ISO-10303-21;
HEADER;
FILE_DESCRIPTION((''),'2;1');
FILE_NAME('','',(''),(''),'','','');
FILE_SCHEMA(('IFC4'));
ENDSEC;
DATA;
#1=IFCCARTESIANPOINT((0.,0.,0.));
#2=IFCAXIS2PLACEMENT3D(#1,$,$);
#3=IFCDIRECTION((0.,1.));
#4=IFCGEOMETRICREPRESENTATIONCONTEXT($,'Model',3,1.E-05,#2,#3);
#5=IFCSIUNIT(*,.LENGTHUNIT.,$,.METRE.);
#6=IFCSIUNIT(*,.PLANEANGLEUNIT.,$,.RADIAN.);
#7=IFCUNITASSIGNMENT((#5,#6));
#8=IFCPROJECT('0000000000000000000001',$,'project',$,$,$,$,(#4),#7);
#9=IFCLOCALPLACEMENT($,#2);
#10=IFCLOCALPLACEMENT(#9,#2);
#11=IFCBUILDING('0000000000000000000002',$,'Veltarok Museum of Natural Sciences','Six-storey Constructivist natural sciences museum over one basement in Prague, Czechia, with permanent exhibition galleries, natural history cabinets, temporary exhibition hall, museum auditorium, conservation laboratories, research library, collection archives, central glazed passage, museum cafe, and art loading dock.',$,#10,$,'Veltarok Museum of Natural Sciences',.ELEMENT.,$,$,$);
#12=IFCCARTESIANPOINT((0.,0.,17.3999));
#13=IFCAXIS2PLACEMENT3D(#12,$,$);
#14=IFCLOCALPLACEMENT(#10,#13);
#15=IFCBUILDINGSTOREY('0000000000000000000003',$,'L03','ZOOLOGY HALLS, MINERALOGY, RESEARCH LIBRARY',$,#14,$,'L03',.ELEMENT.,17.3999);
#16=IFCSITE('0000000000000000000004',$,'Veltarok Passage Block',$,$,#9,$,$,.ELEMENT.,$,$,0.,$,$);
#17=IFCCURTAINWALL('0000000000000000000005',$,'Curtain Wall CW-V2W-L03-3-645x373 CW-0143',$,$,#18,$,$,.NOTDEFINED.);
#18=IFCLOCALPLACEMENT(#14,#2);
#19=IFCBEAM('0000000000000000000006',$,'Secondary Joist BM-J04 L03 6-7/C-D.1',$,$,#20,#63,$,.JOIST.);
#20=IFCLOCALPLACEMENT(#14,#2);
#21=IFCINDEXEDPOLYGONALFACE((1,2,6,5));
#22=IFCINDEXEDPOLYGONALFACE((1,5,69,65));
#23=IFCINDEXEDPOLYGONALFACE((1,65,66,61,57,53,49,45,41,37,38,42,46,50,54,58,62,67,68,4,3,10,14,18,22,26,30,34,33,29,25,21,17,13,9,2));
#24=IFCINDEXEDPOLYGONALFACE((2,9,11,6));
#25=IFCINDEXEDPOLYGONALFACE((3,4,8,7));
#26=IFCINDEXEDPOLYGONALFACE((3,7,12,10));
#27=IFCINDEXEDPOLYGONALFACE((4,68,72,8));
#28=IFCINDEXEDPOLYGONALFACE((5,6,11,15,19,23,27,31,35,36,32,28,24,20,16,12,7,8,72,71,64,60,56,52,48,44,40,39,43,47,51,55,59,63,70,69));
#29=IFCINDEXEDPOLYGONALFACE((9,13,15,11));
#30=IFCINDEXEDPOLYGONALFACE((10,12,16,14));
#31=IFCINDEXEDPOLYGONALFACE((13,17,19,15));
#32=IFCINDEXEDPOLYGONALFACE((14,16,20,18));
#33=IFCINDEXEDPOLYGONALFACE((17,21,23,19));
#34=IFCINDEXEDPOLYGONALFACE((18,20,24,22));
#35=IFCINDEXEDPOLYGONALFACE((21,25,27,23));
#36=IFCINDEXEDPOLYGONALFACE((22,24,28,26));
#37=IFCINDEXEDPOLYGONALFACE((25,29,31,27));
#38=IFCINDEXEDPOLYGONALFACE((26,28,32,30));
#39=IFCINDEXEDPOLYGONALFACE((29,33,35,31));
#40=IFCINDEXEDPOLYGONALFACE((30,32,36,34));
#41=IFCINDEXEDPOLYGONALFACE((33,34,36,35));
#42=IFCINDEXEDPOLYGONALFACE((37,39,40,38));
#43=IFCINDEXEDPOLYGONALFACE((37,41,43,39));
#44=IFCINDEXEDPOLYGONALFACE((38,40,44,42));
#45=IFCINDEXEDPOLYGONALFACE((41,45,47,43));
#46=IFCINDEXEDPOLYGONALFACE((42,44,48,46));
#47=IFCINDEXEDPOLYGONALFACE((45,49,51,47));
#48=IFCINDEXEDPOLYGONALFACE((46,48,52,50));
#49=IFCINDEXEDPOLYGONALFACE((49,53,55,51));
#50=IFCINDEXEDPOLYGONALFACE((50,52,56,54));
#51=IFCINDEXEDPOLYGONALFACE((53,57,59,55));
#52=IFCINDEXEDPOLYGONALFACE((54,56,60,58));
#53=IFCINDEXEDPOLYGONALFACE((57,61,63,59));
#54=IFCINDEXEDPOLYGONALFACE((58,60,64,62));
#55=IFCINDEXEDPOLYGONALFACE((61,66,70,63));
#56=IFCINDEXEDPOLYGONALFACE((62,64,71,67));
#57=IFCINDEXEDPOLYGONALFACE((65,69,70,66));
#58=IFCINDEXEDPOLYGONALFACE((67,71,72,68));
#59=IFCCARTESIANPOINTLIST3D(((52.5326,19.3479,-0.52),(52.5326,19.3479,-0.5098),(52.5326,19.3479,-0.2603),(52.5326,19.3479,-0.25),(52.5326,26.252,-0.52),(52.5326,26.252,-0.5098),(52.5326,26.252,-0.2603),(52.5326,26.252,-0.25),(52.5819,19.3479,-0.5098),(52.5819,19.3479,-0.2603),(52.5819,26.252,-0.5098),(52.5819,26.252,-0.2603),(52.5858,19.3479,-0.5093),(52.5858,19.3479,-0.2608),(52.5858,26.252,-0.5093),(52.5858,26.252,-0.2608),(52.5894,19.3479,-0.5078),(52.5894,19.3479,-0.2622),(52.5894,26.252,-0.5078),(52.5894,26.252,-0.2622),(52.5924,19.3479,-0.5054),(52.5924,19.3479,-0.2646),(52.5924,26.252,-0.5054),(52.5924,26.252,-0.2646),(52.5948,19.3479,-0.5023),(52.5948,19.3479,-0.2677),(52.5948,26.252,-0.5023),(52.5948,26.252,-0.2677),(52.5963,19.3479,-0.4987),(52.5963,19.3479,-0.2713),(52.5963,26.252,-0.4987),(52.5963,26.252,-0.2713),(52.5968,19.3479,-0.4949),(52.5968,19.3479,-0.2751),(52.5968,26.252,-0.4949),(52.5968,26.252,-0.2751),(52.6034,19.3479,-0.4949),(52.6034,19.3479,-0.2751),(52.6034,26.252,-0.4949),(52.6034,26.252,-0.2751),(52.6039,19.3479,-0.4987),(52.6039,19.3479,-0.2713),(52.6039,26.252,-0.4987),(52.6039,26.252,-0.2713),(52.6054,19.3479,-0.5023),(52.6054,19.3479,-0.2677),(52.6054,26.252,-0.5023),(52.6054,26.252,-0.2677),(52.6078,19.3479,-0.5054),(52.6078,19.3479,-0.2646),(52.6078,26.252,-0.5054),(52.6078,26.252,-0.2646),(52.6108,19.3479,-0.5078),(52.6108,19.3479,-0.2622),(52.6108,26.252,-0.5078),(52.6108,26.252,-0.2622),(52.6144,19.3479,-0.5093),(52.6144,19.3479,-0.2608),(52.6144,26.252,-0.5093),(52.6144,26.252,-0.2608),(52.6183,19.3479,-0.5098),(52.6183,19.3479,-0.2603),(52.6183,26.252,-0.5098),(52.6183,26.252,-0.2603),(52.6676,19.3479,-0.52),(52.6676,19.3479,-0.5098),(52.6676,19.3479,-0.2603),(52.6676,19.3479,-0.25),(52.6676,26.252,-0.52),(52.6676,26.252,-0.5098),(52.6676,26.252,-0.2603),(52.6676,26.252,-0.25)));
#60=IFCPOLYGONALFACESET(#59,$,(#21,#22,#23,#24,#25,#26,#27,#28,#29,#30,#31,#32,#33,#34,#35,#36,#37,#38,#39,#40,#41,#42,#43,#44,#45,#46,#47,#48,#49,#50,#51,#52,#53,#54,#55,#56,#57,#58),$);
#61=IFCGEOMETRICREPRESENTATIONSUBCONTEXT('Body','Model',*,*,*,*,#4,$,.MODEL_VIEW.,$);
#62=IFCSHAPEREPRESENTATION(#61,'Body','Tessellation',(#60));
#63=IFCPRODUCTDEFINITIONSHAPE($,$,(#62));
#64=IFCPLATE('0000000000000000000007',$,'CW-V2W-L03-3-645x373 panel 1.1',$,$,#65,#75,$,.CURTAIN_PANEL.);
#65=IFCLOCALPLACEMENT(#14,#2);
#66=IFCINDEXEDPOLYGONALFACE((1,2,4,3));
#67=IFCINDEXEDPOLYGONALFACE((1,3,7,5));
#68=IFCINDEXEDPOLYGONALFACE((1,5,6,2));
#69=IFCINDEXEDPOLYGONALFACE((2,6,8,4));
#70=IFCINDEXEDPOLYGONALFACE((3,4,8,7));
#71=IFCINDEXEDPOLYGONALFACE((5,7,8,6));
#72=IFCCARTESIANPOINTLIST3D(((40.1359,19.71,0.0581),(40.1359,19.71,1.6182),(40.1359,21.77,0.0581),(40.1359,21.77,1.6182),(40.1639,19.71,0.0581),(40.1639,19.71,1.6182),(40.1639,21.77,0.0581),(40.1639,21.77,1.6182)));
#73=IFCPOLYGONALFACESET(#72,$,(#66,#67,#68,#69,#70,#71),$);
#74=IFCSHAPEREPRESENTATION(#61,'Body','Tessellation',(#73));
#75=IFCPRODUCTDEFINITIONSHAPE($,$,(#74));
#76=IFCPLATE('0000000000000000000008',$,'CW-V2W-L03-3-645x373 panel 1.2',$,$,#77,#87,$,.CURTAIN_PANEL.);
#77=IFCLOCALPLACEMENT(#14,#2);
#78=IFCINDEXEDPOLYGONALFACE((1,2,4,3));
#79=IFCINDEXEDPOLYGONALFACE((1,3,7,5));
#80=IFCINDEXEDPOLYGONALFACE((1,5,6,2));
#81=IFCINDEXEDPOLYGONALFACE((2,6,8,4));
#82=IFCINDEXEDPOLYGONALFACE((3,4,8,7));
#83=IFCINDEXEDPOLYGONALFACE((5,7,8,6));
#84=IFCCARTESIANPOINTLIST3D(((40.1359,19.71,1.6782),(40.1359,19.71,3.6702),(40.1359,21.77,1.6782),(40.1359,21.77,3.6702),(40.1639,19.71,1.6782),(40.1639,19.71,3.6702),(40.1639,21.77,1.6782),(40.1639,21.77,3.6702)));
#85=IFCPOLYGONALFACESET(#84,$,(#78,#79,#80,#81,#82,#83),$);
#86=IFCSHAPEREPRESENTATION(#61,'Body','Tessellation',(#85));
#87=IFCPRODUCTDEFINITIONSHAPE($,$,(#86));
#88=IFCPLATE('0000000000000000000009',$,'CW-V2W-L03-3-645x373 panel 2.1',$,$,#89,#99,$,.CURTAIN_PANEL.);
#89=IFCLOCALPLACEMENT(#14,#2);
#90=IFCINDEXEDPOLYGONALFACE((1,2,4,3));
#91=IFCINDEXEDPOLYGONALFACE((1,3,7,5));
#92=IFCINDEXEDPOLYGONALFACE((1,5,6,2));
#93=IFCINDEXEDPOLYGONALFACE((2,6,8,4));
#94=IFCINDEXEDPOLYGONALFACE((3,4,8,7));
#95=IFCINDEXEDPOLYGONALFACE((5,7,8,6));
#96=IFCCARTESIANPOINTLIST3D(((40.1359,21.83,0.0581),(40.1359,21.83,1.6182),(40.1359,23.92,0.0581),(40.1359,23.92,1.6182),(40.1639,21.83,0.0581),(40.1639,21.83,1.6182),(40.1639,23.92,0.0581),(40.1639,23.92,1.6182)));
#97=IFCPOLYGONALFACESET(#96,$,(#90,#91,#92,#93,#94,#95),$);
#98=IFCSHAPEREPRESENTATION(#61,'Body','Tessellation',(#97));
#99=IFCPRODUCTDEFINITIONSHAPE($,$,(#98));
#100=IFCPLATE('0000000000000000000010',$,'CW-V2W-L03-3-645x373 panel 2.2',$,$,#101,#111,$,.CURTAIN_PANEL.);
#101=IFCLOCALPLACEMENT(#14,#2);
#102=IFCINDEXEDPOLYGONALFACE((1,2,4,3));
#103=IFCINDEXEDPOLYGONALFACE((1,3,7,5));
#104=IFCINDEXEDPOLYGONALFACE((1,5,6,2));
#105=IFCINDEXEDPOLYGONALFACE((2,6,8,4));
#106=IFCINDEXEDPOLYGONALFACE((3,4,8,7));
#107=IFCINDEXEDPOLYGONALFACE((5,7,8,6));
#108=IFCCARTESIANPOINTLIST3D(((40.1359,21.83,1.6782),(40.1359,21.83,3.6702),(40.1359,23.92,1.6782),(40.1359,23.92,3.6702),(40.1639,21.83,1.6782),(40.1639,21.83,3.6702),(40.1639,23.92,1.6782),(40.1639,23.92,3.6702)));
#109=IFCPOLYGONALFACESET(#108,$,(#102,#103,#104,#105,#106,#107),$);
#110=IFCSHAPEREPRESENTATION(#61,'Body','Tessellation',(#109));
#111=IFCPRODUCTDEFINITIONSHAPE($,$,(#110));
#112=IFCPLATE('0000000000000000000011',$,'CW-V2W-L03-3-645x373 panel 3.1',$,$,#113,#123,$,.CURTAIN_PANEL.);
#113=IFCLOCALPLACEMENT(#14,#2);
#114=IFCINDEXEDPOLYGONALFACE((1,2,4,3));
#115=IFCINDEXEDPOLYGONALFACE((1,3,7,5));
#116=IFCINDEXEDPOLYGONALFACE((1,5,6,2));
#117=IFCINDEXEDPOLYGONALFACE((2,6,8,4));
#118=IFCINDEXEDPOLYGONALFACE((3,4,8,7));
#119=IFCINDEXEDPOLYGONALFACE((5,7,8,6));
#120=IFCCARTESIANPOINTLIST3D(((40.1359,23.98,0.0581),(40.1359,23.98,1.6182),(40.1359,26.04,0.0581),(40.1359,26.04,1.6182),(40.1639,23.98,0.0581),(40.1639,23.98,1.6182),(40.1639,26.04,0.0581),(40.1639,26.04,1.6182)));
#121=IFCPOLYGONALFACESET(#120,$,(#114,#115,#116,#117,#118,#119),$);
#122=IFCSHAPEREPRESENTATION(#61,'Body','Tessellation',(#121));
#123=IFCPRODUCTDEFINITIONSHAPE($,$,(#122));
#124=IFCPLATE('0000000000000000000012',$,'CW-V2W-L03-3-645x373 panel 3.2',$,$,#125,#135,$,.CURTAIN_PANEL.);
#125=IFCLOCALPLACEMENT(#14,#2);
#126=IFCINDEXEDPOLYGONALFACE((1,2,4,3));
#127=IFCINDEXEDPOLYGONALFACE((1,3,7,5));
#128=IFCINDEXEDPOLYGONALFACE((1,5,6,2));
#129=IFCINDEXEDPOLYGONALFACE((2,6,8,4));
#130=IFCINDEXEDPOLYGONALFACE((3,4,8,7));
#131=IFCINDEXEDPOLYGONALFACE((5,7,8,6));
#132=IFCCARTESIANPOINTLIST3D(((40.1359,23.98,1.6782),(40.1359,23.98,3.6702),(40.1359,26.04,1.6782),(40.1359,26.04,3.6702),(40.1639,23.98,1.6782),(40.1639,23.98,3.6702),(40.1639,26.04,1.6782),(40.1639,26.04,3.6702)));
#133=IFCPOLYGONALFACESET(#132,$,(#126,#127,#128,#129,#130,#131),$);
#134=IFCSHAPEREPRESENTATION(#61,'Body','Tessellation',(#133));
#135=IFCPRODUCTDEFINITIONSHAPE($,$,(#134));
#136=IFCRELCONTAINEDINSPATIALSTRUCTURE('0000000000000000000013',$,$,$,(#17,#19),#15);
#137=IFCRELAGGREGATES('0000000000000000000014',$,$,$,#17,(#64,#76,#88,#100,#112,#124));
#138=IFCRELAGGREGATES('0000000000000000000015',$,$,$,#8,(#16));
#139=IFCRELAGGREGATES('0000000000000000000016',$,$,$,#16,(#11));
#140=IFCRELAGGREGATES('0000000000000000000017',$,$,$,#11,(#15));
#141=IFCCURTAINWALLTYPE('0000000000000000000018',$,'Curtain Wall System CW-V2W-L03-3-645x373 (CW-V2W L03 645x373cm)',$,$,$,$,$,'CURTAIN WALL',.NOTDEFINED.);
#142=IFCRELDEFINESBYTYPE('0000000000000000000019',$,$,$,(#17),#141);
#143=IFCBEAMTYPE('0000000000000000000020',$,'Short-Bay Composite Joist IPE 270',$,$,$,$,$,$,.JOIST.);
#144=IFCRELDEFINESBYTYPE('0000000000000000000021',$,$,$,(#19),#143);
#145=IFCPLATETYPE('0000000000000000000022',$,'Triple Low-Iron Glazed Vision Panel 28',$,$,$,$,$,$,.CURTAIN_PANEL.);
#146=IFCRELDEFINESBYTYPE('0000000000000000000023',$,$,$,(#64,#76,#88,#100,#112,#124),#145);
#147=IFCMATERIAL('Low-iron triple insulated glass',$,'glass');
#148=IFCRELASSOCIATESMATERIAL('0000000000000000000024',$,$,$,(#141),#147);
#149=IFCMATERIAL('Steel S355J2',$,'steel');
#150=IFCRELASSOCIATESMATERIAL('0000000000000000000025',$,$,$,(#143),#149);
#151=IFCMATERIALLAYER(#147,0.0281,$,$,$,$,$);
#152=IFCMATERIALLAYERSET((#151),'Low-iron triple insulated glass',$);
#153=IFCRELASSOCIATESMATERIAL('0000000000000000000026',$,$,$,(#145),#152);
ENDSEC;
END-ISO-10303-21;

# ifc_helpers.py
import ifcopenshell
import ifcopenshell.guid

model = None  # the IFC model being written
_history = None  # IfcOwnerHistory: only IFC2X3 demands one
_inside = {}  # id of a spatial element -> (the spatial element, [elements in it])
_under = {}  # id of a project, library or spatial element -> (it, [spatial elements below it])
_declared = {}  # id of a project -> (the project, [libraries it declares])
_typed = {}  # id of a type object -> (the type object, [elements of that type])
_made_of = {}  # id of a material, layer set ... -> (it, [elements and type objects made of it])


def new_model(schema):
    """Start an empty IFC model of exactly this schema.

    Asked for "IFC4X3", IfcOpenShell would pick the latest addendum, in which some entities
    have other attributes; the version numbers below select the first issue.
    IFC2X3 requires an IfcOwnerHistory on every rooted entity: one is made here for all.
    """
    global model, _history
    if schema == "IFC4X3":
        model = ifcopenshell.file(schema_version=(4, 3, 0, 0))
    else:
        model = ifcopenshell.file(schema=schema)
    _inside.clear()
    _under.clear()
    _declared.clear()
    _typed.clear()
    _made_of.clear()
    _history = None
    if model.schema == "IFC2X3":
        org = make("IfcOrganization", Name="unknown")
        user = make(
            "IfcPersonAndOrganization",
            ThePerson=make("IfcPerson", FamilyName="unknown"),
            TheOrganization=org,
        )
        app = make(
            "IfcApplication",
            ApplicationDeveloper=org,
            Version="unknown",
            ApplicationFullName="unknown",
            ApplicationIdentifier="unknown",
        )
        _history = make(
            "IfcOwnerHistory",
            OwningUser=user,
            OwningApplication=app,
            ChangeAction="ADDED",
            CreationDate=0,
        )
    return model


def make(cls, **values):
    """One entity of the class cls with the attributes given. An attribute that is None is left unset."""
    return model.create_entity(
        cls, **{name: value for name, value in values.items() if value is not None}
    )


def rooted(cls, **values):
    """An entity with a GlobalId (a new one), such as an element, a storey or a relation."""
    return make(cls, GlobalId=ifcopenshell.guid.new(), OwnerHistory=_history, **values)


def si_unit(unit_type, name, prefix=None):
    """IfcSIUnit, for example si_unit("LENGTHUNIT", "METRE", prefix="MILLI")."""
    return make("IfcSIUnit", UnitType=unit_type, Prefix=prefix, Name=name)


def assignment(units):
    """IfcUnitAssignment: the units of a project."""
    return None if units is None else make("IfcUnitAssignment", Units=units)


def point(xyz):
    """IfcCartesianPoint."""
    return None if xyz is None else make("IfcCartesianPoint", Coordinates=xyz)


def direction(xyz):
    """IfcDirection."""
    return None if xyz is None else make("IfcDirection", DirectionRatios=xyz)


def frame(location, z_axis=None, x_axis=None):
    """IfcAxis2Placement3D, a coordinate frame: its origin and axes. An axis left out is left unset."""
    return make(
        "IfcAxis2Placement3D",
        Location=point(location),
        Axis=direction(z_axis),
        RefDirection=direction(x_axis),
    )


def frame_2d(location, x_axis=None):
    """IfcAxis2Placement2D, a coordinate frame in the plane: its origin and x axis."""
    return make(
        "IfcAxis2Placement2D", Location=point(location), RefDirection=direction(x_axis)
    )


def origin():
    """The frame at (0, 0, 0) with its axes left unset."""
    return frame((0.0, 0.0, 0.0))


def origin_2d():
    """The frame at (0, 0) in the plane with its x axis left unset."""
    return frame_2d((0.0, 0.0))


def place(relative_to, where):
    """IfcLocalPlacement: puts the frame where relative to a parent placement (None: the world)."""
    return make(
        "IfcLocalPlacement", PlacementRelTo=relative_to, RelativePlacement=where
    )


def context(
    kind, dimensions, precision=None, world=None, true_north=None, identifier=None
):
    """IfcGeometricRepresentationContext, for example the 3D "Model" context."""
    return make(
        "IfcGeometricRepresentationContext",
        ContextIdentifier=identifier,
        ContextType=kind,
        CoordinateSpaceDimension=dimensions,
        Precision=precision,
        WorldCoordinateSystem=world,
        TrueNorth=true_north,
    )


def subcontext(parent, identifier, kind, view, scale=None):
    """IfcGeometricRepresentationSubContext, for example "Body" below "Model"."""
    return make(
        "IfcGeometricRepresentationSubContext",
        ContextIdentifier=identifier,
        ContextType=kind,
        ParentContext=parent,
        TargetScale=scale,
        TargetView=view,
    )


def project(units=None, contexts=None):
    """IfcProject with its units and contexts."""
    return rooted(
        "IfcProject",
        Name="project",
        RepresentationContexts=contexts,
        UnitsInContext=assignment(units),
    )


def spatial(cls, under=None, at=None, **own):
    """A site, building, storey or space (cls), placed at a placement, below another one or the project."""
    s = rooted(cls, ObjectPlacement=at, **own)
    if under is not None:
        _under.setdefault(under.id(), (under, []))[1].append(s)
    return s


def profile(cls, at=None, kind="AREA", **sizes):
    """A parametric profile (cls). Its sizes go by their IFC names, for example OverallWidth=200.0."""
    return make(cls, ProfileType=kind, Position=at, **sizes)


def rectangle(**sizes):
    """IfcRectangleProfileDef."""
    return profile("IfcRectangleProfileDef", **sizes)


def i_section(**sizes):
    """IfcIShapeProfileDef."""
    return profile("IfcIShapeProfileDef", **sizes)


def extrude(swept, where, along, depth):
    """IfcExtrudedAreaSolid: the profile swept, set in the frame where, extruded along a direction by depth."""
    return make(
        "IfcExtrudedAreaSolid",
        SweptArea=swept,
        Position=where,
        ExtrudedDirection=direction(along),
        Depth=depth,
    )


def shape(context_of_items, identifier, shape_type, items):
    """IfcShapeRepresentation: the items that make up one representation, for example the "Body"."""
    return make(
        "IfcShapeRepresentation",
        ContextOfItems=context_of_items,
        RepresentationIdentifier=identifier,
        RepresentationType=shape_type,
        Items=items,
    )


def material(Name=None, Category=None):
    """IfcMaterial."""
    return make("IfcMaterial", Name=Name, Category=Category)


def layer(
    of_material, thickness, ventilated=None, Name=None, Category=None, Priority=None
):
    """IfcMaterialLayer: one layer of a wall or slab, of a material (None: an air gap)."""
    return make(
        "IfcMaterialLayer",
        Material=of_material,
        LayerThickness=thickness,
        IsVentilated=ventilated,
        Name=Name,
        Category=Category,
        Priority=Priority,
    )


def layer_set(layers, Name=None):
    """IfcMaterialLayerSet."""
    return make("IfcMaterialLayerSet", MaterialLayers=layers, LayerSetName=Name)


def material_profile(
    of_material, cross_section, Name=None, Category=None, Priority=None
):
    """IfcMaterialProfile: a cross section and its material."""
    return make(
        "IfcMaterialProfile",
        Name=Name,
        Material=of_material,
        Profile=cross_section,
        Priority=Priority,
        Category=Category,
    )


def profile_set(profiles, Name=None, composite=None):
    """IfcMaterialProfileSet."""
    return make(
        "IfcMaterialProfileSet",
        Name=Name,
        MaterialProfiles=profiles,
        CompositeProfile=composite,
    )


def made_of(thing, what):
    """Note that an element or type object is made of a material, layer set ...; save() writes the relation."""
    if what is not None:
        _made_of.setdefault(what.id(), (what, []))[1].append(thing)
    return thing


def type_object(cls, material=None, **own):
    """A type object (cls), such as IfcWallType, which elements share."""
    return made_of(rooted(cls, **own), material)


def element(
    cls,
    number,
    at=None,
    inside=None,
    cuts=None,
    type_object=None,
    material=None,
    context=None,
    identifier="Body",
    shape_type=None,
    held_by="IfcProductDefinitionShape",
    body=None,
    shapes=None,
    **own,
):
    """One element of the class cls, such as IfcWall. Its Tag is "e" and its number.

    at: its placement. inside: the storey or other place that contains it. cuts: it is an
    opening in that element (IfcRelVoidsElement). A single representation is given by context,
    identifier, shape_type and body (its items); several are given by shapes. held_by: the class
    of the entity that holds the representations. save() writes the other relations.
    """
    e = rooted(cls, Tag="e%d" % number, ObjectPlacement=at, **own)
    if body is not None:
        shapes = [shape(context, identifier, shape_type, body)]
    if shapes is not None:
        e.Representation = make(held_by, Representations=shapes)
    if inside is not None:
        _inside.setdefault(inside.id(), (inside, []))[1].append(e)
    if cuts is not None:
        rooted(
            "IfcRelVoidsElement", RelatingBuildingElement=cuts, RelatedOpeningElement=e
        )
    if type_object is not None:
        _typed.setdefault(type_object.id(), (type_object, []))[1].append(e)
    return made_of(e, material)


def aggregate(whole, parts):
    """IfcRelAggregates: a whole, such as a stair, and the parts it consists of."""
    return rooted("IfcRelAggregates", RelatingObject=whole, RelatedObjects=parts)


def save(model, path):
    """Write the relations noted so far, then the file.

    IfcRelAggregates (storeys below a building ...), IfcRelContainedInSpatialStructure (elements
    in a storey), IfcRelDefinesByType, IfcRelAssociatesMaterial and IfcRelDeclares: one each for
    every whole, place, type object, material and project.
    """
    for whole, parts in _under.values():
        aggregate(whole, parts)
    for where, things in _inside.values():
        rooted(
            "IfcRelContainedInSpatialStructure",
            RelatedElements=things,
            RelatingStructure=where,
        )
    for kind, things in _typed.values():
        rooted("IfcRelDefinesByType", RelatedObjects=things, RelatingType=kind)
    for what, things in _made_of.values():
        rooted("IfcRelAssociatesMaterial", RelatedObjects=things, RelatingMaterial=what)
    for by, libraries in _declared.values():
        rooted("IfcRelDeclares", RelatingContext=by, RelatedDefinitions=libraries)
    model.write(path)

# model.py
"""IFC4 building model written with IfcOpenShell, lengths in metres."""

from ifc_helpers import new_model, si_unit, direction, frame, origin, origin_2d, place, context, subcontext, project, spatial, rectangle, i_section, extrude, material, layer, layer_set, material_profile, profile_set, type_object, element, aggregate, save


model = new_model("IFC4")

# Units and contexts
model_context = context("Model", 3, precision=1e-05, world=origin(), true_north=direction((0.0, 1.0)))
body_context = subcontext(model_context, "Body", "Model", "MODEL_VIEW")
ifc_project = project(units=[si_unit("LENGTHUNIT", "METRE"), si_unit("PLANEANGLEUNIT", "RADIAN")], contexts=[model_context])

# Site, building, storey
site_placement = place(None, origin())
site = spatial("IfcSite", under=ifc_project, at=site_placement, Name="Veltarok Passage Block", CompositionType="ELEMENT", RefElevation=0.0)
building_placement = place(site_placement, origin())
building = spatial("IfcBuilding", under=site, at=building_placement, Name="Veltarok Museum of Natural Sciences", Description="Six-storey Constructivist natural sciences museum over one basement in Prague, Czechia, with permanent exhibition galleries, natural history cabinets, temporary exhibition hall, museum auditorium, conservation laboratories, research library, collection archives, central glazed passage, museum cafe, and art loading dock.", LongName="Veltarok Museum of Natural Sciences", CompositionType="ELEMENT")
storey_placement = place(building_placement, frame((0.0, 0.0, 17.3999)))
storey = spatial("IfcBuildingStorey", under=building, at=storey_placement, Name="L03", Description="ZOOLOGY HALLS, MINERALOGY, RESEARCH LIBRARY", LongName="L03", CompositionType="ELEMENT", Elevation=17.3999)

# Shared definitions
ifc_material_1 = material(Name="Steel S355J2", Category="steel")

# Curtain wall
ifc_material_2 = material(Name="Low-iron triple insulated glass", Category="glass")
curtain_wall_type = type_object("IfcCurtainWallType", Name="Curtain Wall System CW-V2W-L03-3-645x373 (CW-V2W L03 645x373cm)", ElementType="CURTAIN WALL", PredefinedType="NOTDEFINED", material=ifc_material_2)
curtain_wall_placement = place(storey_placement, origin())
curtain_wall = element("IfcCurtainWall", 1, at=curtain_wall_placement, inside=storey, type_object=curtain_wall_type, Name="Curtain Wall CW-V2W-L03-3-645x373 CW-0143", PredefinedType="NOTDEFINED")

# Beam
ifc_material_profile_1 = material_profile(ifc_material_1, i_section(OverallWidth=0.135, OverallDepth=0.27, WebThickness=0.0066, FlangeThickness=0.0103, FilletRadius=0.0149, at=origin_2d()), Name="IPE 270")
ifc_profile_set_1 = profile_set([ifc_material_profile_1], Name="Steel S355J2")
beam_type_1 = type_object("IfcBeamType", Name="Short-Bay Composite Joist IPE 270", PredefinedType="JOIST", material=ifc_profile_set_1)
beam_1_placement = place(storey_placement, frame((52.6001, 19.3479, -0.385), z_axis=(0.0, 1.0, 0.0), x_axis=(-1.0, 0.0, 0.0)))
element("IfcBeam", 2, at=beam_1_placement, inside=storey, type_object=beam_type_1, Name="Secondary Joist BM-J04 L03 6-7/C-D.1", PredefinedType="JOIST", context=body_context, shape_type="SweptSolid", body=[
    extrude(i_section(OverallWidth=0.135, OverallDepth=0.27, WebThickness=0.0066, FlangeThickness=0.0103, FilletRadius=0.0149, at=origin_2d()), origin(), (0.0, 0.0, 1.0), 6.9041),
])

# Plates
ifc_layer_1 = layer(ifc_material_2, 0.0281)
ifc_layer_set_1 = layer_set([ifc_layer_1], Name="Low-iron triple insulated glass")
plate_type = type_object("IfcPlateType", Name="Triple Low-Iron Glazed Vision Panel 28", PredefinedType="CURTAIN_PANEL", material=ifc_layer_set_1)
plate_1_placement = place(storey_placement, frame((40.1499, 20.74, 0.0581), z_axis=(0.0, 0.0, 1.0), x_axis=(0.0, 1.0, 0.0)))
plate_1 = element("IfcPlate", 3, at=plate_1_placement, type_object=plate_type, Name="CW-V2W-L03-3-645x373 panel 1.1", PredefinedType="CURTAIN_PANEL", context=body_context, shape_type="SweptSolid", body=[
    extrude(rectangle(XDim=2.0601, YDim=0.0281, at=origin_2d()), origin(), (0.0, 0.0, 1.0), 1.5601),
])
plate_2_placement = place(storey_placement, frame((40.1499, 20.74, 1.6782), z_axis=(0.0, 0.0, 1.0), x_axis=(0.0, 1.0, 0.0)))
plate_2 = element("IfcPlate", 4, at=plate_2_placement, type_object=plate_type, Name="CW-V2W-L03-3-645x373 panel 1.2", PredefinedType="CURTAIN_PANEL", context=body_context, shape_type="SweptSolid", body=[
    extrude(rectangle(XDim=2.0601, YDim=0.0281, at=origin_2d()), origin(), (0.0, 0.0, 1.0), 1.9919),
])
plate_3_placement = place(storey_placement, frame((40.1499, 22.875, 0.0581), z_axis=(0.0, 0.0, 1.0), x_axis=(0.0, 1.0, 0.0)))
plate_3 = element("IfcPlate", 5, at=plate_3_placement, type_object=plate_type, Name="CW-V2W-L03-3-645x373 panel 2.1", PredefinedType="CURTAIN_PANEL", context=body_context, shape_type="SweptSolid", body=[
    extrude(rectangle(XDim=2.0901, YDim=0.0281, at=origin_2d()), origin(), (0.0, 0.0, 1.0), 1.5601),
])
plate_4_placement = place(storey_placement, frame((40.1499, 22.875, 1.6782), z_axis=(0.0, 0.0, 1.0), x_axis=(0.0, 1.0, 0.0)))
plate_4 = element("IfcPlate", 6, at=plate_4_placement, type_object=plate_type, Name="CW-V2W-L03-3-645x373 panel 2.2", PredefinedType="CURTAIN_PANEL", context=body_context, shape_type="SweptSolid", body=[
    extrude(rectangle(XDim=2.0901, YDim=0.0281, at=origin_2d()), origin(), (0.0, 0.0, 1.0), 1.9919),
])
plate_5_placement = place(storey_placement, frame((40.1499, 25.01, 0.0581), z_axis=(0.0, 0.0, 1.0), x_axis=(0.0, 1.0, 0.0)))
plate_5 = element("IfcPlate", 7, at=plate_5_placement, type_object=plate_type, Name="CW-V2W-L03-3-645x373 panel 3.1", PredefinedType="CURTAIN_PANEL", context=body_context, shape_type="SweptSolid", body=[
    extrude(rectangle(XDim=2.0601, YDim=0.0281, at=origin_2d()), origin(), (0.0, 0.0, 1.0), 1.5601),
])
plate_6_placement = place(storey_placement, frame((40.1499, 25.01, 1.6782), z_axis=(0.0, 0.0, 1.0), x_axis=(0.0, 1.0, 0.0)))
plate_6 = element("IfcPlate", 8, at=plate_6_placement, type_object=plate_type, Name="CW-V2W-L03-3-645x373 panel 3.2", PredefinedType="CURTAIN_PANEL", context=body_context, shape_type="SweptSolid", body=[
    extrude(rectangle(XDim=2.0601, YDim=0.0281, at=origin_2d()), origin(), (0.0, 0.0, 1.0), 1.9919),
])
aggregate(curtain_wall, [plate_1, plate_2, plate_3, plate_4, plate_5, plate_6])

save(model, "model.ifc")
